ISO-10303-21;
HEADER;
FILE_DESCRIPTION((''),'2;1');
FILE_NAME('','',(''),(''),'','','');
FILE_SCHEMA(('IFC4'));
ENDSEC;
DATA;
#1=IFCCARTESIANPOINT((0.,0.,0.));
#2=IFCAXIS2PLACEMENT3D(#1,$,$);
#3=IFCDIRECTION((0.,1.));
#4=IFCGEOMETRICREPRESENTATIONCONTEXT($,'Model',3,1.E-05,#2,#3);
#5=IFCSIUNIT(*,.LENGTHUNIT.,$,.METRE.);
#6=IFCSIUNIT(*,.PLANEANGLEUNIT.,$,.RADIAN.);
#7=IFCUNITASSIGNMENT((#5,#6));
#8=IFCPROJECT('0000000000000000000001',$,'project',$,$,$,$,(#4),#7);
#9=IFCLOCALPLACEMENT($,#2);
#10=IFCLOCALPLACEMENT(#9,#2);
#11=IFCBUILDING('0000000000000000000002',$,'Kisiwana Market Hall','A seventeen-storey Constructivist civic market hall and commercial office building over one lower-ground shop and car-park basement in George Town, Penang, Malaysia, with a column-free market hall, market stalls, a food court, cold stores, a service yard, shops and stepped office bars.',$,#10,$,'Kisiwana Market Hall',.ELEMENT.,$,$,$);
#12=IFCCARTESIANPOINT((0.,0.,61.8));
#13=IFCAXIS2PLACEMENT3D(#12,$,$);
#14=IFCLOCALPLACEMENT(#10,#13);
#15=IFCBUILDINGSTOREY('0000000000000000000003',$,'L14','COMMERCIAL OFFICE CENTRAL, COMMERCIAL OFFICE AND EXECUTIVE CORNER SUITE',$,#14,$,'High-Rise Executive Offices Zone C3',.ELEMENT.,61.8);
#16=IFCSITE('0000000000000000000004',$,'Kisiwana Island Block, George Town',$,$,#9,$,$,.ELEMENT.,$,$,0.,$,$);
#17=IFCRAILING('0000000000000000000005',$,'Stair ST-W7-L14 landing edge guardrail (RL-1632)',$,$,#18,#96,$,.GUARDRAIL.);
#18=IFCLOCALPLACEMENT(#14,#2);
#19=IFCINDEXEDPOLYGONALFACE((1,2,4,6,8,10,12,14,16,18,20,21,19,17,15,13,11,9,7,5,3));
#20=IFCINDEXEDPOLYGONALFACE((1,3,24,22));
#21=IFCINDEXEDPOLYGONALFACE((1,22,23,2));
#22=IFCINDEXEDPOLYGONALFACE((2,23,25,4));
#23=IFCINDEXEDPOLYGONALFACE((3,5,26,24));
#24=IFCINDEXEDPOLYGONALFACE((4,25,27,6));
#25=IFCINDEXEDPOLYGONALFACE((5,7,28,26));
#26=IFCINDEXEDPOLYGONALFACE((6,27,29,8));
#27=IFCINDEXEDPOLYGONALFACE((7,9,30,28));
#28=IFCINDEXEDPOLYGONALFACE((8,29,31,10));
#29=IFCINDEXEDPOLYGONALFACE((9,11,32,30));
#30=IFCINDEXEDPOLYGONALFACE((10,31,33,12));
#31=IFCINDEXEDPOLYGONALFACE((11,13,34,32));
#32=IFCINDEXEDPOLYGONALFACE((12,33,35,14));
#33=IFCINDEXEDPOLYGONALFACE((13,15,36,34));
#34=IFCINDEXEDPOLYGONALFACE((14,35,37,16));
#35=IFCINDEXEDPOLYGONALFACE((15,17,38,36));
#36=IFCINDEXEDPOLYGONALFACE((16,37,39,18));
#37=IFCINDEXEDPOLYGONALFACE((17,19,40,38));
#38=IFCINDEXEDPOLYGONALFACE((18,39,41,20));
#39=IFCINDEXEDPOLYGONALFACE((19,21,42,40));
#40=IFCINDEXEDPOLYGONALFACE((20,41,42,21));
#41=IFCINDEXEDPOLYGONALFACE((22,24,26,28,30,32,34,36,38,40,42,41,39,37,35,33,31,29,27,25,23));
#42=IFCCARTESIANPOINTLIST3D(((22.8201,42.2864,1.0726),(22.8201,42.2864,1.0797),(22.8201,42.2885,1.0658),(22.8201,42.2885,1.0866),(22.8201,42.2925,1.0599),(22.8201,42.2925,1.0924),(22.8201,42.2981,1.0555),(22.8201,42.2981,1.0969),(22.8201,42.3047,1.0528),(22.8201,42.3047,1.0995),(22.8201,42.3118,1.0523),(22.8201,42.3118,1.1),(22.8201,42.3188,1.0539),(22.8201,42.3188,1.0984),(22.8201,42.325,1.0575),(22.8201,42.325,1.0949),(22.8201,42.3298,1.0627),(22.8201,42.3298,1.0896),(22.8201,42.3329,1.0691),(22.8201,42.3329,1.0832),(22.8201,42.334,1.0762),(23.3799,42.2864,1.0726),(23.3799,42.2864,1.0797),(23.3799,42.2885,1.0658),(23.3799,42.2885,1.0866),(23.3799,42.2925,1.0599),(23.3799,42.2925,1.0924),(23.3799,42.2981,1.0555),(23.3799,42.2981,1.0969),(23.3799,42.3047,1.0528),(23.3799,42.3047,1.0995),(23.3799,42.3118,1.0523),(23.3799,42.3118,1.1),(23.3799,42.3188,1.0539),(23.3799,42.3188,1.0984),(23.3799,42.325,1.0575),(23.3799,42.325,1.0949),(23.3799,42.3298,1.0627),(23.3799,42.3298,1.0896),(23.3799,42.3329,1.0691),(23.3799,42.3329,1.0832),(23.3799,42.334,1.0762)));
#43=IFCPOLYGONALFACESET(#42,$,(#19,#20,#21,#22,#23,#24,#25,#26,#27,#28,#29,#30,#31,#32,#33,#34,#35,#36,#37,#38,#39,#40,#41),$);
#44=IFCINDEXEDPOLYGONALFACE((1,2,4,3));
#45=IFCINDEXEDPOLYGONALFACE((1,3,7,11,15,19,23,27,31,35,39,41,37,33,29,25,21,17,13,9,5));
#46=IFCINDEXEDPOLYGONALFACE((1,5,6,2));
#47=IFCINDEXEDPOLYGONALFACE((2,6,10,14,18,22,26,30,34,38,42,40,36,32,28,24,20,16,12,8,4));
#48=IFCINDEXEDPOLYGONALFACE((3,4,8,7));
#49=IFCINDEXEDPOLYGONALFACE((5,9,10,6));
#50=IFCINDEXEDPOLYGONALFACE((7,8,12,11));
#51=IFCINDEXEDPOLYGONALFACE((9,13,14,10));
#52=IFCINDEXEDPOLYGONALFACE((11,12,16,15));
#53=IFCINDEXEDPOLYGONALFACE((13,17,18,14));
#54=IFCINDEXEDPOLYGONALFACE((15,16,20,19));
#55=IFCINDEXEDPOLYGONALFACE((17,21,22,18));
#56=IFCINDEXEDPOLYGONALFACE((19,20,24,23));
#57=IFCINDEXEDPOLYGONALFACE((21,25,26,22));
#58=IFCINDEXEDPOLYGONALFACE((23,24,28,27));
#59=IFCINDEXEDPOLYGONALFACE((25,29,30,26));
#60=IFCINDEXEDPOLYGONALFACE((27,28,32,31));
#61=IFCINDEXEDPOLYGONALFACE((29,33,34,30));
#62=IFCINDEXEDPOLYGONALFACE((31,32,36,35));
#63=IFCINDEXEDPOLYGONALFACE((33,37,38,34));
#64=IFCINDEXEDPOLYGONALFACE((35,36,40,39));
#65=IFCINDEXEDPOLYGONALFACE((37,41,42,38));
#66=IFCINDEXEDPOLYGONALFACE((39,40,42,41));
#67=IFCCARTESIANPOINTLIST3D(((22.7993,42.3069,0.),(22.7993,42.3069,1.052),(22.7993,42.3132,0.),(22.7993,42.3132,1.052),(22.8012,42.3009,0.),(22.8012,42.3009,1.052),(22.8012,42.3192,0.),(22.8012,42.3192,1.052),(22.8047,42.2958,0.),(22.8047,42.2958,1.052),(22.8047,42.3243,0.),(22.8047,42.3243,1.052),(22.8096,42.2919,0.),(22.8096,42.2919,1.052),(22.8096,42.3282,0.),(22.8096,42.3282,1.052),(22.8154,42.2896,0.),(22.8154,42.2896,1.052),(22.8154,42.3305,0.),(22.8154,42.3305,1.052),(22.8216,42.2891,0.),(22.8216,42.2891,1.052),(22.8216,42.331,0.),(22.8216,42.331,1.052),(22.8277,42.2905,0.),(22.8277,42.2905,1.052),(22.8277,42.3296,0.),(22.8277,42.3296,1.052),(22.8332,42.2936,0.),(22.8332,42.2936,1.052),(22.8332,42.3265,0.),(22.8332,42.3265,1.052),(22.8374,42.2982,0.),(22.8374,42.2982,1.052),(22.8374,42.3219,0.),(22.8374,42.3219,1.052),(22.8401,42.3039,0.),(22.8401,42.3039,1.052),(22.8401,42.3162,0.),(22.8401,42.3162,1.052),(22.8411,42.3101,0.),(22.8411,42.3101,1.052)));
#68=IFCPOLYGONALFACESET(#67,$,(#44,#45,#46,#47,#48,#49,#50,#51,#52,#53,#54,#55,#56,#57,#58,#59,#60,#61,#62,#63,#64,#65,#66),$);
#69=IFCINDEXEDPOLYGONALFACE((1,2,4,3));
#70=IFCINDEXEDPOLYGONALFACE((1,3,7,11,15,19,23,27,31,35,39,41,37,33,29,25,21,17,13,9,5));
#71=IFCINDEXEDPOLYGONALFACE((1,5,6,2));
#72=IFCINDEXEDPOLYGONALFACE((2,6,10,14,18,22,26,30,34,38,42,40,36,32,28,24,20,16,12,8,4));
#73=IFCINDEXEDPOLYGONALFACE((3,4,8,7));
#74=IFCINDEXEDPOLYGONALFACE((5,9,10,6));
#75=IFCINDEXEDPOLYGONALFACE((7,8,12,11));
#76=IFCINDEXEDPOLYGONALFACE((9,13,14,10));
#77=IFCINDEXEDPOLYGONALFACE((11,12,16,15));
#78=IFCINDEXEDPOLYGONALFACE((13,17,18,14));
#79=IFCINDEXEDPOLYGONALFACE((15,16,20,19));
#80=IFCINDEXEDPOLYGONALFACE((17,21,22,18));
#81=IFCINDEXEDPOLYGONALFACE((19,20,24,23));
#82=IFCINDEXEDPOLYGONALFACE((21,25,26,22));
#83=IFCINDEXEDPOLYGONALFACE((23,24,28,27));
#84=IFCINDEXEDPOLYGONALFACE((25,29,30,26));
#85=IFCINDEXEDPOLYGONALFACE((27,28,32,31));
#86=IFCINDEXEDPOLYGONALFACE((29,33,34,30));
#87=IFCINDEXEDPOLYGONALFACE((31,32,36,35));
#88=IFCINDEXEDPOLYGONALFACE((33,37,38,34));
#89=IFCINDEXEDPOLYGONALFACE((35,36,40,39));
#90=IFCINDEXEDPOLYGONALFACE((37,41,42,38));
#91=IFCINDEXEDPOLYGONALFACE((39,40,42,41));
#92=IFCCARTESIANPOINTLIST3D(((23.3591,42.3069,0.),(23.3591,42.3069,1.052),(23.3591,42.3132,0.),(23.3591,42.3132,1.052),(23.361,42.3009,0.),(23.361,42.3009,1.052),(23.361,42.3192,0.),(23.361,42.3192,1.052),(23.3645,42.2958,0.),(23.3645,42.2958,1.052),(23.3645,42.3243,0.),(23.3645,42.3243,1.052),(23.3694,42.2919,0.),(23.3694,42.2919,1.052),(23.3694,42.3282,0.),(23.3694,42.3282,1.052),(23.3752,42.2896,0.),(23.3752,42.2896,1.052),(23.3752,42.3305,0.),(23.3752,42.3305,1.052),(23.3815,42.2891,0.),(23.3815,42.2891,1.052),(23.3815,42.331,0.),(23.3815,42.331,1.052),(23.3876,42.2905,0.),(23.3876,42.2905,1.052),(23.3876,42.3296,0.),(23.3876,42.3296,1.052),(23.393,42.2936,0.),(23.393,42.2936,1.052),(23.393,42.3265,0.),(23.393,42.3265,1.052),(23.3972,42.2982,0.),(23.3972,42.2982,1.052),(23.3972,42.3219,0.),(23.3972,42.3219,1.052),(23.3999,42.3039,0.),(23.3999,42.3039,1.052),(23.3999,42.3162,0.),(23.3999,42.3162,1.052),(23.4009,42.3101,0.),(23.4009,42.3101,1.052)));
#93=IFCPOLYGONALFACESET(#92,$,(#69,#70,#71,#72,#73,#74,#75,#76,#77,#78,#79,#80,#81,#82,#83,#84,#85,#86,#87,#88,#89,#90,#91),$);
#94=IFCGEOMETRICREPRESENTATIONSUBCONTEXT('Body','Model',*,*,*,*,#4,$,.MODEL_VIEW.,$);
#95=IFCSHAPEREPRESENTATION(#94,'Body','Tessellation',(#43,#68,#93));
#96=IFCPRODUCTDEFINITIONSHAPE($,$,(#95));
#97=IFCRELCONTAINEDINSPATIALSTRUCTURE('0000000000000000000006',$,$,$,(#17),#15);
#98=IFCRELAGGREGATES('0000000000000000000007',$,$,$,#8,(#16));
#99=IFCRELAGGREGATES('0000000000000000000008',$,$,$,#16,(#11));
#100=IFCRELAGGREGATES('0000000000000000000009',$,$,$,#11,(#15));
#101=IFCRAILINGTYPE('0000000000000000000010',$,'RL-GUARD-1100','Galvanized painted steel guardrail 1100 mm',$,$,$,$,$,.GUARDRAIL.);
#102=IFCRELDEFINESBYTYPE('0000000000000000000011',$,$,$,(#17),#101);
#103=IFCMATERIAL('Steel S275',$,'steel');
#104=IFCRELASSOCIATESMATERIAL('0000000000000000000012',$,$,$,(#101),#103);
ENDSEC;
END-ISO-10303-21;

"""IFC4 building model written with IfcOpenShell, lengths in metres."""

from ifc_helpers import new_model, si_unit, direction, frame, origin, origin_2d, place, context, subcontext, project, spatial, circle, extrude, material, type_object, element, save


model = new_model("IFC4")

# Units and contexts
model_context = context("Model", 3, precision=1e-05, world=origin(), true_north=direction((0.0, 1.0)))
body_context = subcontext(model_context, "Body", "Model", "MODEL_VIEW")
ifc_project = project(units=[si_unit("LENGTHUNIT", "METRE"), si_unit("PLANEANGLEUNIT", "RADIAN")], contexts=[model_context])

# Site, building, storey
site_placement = place(None, origin())
site = spatial("IfcSite", under=ifc_project, at=site_placement, Name="Kisiwana Island Block, George Town", CompositionType="ELEMENT", RefElevation=0.0)
building_placement = place(site_placement, origin())
building = spatial("IfcBuilding", under=site, at=building_placement, Name="Kisiwana Market Hall", Description="A seventeen-storey Constructivist civic market hall and commercial office building over one lower-ground shop and car-park basement in George Town, Penang, Malaysia, with a column-free market hall, market stalls, a food court, cold stores, a service yard, shops and stepped office bars.", LongName="Kisiwana Market Hall", CompositionType="ELEMENT")
storey_placement = place(building_placement, frame((0.0, 0.0, 61.8)))
storey = spatial("IfcBuildingStorey", under=building, at=storey_placement, Name="L14", Description="COMMERCIAL OFFICE CENTRAL, COMMERCIAL OFFICE AND EXECUTIVE CORNER SUITE", LongName="High-Rise Executive Offices Zone C3", CompositionType="ELEMENT", Elevation=61.8)

# Railing
ifc_material_1 = material(Name="Steel S275", Category="steel")
railing_type_1 = type_object("IfcRailingType", Name="RL-GUARD-1100", Description="Galvanized painted steel guardrail 1100 mm", PredefinedType="GUARDRAIL", material=ifc_material_1)
railing_1_placement = place(storey_placement, frame((22.8201, 42.3101, 0.0)))
element("IfcRailing", 1, at=railing_1_placement, inside=storey, type_object=railing_type_1, Name="Stair ST-W7-L14 landing edge guardrail (RL-1632)", PredefinedType="GUARDRAIL", context=body_context, shape_type="SweptSolid", body=[
    extrude(circle(Radius=0.0239, at=origin_2d()), frame((0.0, 0.0, 1.0762), z_axis=(1.0, 0.0, 0.0), x_axis=(0.0, 1.0, 0.0)), (0.0, 0.0, 1.0), 0.5598),
    extrude(circle(Radius=0.021, at=origin_2d()), origin(), (0.0, 0.0, 1.0), 1.052),
    extrude(circle(Radius=0.021, at=origin_2d()), frame((0.5598, 0.0, 0.0)), (0.0, 0.0, 1.0), 1.052),
])

save(model, "model.ifc")
